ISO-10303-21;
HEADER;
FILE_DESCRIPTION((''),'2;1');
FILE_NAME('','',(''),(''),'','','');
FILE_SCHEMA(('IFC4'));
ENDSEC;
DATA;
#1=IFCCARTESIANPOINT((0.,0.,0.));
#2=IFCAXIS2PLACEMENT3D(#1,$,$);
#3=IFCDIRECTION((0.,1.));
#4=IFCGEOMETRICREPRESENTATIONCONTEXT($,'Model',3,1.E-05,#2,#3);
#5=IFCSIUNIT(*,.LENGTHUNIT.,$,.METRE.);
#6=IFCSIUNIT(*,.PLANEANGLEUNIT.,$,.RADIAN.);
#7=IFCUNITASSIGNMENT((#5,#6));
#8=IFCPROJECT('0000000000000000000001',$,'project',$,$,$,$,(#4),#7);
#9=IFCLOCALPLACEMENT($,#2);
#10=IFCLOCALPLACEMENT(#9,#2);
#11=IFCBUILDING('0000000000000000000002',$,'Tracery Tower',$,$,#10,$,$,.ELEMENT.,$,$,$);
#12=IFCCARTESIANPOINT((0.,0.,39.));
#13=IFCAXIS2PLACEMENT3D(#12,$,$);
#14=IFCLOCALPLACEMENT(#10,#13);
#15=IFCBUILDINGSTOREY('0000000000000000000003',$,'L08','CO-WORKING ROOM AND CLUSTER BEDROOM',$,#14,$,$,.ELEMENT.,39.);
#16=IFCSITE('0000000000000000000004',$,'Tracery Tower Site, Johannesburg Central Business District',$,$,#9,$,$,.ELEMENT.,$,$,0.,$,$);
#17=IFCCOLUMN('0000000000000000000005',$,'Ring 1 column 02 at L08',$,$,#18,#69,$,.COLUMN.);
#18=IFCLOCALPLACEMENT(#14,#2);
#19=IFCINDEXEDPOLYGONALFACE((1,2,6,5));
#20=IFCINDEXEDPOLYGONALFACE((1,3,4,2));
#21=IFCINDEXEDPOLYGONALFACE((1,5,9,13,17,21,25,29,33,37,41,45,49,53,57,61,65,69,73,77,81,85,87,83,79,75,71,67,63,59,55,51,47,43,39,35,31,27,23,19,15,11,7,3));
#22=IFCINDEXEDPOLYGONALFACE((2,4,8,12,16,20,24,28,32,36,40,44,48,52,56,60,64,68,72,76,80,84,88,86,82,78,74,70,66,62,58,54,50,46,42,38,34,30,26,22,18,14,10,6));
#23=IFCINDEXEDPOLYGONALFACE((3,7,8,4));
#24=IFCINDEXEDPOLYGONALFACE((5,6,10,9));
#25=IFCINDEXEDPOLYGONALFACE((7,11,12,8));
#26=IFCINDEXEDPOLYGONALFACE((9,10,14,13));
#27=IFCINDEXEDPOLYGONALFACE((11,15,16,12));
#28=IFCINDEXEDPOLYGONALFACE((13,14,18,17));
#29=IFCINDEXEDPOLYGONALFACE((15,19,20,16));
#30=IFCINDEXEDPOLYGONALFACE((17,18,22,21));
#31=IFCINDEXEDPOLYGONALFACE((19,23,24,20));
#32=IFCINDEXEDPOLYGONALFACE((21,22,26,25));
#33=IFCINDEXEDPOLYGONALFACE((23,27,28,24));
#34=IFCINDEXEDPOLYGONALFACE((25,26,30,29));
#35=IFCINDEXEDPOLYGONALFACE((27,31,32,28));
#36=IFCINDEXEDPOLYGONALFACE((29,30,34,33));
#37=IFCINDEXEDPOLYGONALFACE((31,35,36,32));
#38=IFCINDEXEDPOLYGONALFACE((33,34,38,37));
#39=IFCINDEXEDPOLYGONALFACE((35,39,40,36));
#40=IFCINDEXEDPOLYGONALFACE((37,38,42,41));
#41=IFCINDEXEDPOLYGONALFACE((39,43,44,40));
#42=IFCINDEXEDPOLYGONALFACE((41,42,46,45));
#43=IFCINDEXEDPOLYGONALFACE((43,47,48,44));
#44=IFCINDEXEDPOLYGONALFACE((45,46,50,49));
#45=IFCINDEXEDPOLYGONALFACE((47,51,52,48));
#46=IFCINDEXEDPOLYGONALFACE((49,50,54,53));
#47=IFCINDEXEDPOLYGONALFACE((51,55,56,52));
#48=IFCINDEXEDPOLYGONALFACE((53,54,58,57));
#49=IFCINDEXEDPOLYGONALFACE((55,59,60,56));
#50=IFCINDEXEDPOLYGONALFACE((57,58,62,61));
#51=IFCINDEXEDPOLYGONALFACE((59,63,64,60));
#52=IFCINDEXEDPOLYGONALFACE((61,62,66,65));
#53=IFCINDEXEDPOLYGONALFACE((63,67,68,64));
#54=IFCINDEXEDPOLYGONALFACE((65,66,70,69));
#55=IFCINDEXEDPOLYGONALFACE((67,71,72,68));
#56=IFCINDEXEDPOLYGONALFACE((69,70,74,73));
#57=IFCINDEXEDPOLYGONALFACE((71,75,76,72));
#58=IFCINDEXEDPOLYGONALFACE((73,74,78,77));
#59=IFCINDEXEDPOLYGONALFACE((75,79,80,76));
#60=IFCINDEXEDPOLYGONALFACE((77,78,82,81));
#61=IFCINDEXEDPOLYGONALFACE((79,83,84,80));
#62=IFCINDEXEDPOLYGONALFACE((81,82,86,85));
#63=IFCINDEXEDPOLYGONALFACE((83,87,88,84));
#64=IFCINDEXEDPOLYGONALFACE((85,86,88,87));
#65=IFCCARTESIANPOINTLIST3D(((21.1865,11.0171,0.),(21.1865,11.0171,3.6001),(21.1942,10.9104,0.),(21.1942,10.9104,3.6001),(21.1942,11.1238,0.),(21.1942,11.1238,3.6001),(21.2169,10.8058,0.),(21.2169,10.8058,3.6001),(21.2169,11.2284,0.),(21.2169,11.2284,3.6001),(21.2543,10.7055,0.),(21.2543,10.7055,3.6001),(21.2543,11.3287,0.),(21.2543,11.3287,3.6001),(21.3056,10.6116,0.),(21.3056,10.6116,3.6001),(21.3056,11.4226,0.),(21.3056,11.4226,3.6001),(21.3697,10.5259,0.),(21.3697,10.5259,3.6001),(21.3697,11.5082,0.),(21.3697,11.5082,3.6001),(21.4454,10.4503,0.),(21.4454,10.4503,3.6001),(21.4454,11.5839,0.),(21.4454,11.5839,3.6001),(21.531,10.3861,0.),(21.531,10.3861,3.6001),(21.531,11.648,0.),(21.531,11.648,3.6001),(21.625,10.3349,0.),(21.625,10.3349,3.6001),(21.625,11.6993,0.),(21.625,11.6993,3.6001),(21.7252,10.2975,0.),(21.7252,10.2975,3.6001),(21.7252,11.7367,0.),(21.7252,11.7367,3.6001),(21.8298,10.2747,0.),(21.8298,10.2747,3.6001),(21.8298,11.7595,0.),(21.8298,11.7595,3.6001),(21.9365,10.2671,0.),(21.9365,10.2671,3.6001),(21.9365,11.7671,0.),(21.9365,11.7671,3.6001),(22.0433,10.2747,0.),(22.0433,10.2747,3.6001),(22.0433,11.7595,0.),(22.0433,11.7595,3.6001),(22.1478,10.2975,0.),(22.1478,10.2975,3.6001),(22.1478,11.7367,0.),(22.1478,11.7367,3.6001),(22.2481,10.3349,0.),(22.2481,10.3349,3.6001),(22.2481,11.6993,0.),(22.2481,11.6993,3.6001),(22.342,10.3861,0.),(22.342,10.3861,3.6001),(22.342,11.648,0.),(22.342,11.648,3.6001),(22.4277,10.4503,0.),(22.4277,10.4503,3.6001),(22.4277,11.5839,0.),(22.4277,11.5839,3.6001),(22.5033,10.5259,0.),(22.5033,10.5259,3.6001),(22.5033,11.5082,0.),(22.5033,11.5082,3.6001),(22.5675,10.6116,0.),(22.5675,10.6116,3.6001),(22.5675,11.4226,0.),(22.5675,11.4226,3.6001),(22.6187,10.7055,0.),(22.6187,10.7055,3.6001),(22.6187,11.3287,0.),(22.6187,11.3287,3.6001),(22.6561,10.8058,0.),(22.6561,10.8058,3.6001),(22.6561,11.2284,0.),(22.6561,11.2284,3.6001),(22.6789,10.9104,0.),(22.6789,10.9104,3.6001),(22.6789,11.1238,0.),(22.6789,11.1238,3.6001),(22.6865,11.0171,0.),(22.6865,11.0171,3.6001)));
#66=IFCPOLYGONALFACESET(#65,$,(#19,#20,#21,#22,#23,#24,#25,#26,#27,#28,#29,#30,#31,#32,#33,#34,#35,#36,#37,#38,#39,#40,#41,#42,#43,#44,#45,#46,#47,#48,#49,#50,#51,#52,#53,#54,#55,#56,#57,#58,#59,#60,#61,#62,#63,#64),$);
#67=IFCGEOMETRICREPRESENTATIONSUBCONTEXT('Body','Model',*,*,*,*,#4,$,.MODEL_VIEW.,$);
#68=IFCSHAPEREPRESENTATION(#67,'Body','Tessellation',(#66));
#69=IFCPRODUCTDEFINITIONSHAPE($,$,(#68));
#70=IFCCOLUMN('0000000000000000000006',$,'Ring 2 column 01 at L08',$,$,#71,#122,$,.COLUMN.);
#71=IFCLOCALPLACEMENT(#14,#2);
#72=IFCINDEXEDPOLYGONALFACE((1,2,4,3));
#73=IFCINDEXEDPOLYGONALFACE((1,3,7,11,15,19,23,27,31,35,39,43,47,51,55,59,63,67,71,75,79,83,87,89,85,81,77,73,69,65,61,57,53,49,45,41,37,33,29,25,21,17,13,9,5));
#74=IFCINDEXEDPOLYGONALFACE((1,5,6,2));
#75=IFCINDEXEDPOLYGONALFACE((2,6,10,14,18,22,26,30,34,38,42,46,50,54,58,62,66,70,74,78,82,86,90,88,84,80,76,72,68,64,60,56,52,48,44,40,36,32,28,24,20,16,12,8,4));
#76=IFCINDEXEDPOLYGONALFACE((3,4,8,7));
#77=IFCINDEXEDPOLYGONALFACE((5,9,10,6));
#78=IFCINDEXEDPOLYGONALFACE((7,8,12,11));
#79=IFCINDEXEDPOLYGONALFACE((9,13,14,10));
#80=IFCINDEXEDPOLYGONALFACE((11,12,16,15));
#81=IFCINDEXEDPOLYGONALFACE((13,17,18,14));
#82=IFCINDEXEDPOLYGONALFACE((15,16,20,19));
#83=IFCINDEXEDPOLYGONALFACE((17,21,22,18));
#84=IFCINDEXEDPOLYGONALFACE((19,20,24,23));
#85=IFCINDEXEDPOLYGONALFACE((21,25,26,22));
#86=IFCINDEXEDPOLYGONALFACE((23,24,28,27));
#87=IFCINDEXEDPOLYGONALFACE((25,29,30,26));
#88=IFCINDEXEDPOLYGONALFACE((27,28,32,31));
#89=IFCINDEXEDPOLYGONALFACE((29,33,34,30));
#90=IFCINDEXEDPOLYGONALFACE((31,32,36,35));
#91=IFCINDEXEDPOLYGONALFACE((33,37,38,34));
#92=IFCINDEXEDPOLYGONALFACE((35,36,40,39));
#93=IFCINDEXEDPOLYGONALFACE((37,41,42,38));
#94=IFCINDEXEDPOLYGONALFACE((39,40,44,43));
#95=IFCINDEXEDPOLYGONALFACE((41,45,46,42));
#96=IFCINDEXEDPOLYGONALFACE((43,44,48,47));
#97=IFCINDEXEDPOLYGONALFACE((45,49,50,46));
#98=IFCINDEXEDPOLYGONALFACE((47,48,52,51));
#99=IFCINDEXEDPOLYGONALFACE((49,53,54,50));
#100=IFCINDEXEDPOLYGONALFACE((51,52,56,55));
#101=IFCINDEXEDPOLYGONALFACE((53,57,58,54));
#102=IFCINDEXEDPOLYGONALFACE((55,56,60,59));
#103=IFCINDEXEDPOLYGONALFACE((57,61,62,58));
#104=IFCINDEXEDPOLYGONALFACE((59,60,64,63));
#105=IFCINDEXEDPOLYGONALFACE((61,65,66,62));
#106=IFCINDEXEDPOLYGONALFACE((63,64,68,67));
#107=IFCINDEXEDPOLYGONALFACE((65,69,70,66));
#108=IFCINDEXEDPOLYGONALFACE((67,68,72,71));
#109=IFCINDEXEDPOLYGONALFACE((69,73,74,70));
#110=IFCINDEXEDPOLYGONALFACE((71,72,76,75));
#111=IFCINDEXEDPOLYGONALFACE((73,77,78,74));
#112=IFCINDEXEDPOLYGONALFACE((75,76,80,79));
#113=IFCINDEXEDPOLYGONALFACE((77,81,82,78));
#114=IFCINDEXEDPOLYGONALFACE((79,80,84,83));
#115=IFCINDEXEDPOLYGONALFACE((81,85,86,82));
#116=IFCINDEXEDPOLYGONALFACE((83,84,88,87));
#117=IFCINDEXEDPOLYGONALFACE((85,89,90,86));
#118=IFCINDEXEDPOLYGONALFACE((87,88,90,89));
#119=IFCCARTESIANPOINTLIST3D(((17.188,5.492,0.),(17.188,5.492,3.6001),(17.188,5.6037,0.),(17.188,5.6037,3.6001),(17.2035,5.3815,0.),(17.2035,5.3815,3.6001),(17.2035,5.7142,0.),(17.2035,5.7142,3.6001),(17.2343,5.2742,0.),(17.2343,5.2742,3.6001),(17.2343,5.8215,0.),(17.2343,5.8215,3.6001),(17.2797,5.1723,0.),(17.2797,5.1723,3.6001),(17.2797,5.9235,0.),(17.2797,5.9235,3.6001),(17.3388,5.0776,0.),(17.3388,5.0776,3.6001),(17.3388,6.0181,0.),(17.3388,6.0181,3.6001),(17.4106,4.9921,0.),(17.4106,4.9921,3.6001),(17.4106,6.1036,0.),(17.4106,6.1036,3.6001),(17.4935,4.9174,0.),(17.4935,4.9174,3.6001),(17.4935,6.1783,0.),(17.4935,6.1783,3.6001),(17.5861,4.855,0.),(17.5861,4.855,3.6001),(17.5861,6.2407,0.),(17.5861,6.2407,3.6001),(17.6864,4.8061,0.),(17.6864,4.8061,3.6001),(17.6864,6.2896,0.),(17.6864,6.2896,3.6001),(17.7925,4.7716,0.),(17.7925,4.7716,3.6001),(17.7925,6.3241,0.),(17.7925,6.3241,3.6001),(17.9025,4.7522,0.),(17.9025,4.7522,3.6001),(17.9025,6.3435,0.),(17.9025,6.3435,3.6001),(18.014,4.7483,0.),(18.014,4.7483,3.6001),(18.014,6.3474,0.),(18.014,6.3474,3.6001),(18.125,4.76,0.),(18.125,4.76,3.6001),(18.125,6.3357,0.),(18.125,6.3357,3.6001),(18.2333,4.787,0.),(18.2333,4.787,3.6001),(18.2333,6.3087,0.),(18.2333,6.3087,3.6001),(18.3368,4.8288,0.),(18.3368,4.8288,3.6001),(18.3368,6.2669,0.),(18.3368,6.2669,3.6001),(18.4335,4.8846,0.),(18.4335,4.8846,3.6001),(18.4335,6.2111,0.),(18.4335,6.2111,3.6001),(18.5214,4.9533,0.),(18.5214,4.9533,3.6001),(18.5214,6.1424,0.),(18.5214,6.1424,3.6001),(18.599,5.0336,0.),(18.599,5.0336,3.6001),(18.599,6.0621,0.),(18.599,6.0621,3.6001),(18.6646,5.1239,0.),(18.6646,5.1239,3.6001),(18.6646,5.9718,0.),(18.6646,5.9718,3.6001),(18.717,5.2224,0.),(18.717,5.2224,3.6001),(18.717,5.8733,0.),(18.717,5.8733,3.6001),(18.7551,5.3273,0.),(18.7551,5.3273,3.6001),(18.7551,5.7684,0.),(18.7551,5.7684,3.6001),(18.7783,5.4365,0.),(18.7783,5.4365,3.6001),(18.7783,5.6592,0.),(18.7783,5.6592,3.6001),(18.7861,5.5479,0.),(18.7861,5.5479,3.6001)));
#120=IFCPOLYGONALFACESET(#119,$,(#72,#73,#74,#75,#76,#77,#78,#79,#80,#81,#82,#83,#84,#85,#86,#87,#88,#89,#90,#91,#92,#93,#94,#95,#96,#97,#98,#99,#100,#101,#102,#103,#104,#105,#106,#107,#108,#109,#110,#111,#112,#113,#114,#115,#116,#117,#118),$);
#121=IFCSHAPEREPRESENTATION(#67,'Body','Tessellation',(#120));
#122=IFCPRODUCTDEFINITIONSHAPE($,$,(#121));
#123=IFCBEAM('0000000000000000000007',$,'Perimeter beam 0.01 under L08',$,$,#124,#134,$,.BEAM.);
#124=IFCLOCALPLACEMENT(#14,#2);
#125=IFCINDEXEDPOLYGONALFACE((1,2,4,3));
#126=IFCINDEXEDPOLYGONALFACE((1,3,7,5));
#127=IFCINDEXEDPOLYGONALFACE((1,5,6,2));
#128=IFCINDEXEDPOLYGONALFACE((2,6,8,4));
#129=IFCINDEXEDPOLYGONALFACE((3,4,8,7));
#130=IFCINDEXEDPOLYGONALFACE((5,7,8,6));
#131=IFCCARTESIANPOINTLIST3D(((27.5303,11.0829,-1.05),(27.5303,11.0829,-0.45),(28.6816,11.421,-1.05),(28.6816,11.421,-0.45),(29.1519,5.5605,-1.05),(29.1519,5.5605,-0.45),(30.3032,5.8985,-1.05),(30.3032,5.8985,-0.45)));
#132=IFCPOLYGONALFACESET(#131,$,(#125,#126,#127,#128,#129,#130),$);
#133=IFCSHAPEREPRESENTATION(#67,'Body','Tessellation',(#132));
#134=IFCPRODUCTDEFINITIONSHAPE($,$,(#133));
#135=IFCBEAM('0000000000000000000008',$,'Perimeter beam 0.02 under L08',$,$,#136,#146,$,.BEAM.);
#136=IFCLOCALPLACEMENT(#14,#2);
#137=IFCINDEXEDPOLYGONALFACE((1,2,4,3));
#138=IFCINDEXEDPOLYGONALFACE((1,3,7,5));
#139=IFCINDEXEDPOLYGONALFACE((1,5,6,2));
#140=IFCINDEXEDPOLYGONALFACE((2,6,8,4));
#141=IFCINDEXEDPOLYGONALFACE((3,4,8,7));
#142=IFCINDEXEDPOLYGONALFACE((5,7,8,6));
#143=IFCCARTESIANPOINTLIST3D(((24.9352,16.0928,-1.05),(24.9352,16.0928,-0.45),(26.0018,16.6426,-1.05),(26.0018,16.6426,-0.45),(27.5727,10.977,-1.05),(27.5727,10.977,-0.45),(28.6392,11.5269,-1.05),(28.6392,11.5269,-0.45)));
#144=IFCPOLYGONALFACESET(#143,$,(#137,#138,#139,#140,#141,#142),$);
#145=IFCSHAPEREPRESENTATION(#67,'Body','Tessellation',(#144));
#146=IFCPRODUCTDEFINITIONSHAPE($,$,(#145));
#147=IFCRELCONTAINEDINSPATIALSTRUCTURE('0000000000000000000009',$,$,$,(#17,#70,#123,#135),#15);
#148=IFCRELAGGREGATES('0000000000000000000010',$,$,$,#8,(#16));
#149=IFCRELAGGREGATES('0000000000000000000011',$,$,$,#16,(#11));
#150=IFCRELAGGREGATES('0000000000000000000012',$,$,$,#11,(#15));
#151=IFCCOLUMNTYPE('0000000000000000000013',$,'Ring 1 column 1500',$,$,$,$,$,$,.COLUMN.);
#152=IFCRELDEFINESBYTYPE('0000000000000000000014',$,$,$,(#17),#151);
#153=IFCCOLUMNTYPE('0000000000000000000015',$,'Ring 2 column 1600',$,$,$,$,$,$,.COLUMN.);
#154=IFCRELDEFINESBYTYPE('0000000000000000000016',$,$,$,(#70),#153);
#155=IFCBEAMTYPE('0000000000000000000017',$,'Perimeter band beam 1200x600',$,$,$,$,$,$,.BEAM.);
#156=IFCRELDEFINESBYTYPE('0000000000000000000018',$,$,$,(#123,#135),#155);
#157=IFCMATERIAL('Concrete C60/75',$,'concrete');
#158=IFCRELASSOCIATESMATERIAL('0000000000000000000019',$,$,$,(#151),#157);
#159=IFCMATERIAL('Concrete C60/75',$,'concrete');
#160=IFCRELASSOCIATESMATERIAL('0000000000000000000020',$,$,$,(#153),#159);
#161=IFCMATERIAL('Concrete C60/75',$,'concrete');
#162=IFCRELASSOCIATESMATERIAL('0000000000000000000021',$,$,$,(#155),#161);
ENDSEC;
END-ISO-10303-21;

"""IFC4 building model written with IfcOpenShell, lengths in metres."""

from ifc_helpers import new_model, si_unit, direction, frame, origin, origin_2d, place, context, subcontext, project, spatial, rectangle, circle, extrude, material, material_profile, profile_set, type_object, element, save


model = new_model("IFC4")

# Units and contexts
model_context = context("Model", 3, precision=1e-05, world=origin(), true_north=direction((0.0, 1.0)))
body_context = subcontext(model_context, "Body", "Model", "MODEL_VIEW")
ifc_project = project(units=[si_unit("LENGTHUNIT", "METRE"), si_unit("PLANEANGLEUNIT", "RADIAN")], contexts=[model_context])

# Site, building, storey
site_placement = place(None, origin())
site = spatial("IfcSite", under=ifc_project, at=site_placement, Name="Tracery Tower Site, Johannesburg Central Business District", CompositionType="ELEMENT", RefElevation=0.0)
building_placement = place(site_placement, origin())
building = spatial("IfcBuilding", under=site, at=building_placement, Name="Tracery Tower", CompositionType="ELEMENT")
storey_placement = place(building_placement, frame((0.0, 0.0, 39.0)))
storey = spatial("IfcBuildingStorey", under=building, at=storey_placement, Name="L08", Description="CO-WORKING ROOM AND CLUSTER BEDROOM", CompositionType="ELEMENT", Elevation=39.0)

# Columns
ifc_material_1 = material(Name="Concrete C60/75", Category="concrete")
ifc_material_profile_1 = material_profile(ifc_material_1, circle(Radius=0.75, at=origin_2d()), Name="RC D1500")
ifc_profile_set_1 = profile_set([ifc_material_profile_1], Name="Concrete C60/75")
column_type_1 = type_object("IfcColumnType", Name="Ring 1 column 1500", PredefinedType="COLUMN", material=ifc_profile_set_1)
for number, where, z_axis, x_axis, name in (
    (1, (21.9365, 11.0171, 0.0), (0.0, 0.0, 1.0), (1.0, 0.0, 0.0), "Ring 1 column 02 at L08"),
):
    element("IfcColumn", number, at=place(storey_placement, frame(where, z_axis=z_axis, x_axis=x_axis)), inside=storey, type_object=column_type_1, Name=name, PredefinedType="COLUMN", context=body_context, shape_type="SweptSolid", body=[
        extrude(circle(Radius=0.75, at=origin_2d()), origin(), (0.0, 0.0, 1.0), 3.6001),
    ])
ifc_material_2 = material(Name="Concrete C60/75", Category="concrete")
ifc_material_profile_2 = material_profile(ifc_material_2, circle(Radius=0.8, at=origin_2d()), Name="RC D1600")
ifc_profile_set_2 = profile_set([ifc_material_profile_2], Name="Concrete C60/75")
column_type_2 = type_object("IfcColumnType", Name="Ring 2 column 1600", PredefinedType="COLUMN", material=ifc_profile_set_2)
column_placement = place(storey_placement, frame((17.9861, 5.5479, 0.0), z_axis=(0.0, 0.0, 1.0), x_axis=(1.0, 0.0, 0.0)))
element("IfcColumn", 2, at=column_placement, inside=storey, type_object=column_type_2, Name="Ring 2 column 01 at L08", PredefinedType="COLUMN", context=body_context, shape_type="SweptSolid", body=[
    extrude(circle(Radius=0.8, at=origin_2d()), origin(), (0.0, 0.0, 1.0), 3.6001),
])

# Beams
ifc_material_3 = material(Name="Concrete C60/75", Category="concrete")
ifc_material_profile_3 = material_profile(ifc_material_3, rectangle(XDim=1.2, YDim=0.6001, at=origin_2d()), Name="RC 1200x600")
ifc_profile_set_3 = profile_set([ifc_material_profile_3], Name="Concrete C60/75")
beam_type = type_object("IfcBeamType", Name="Perimeter band beam 1200x600", PredefinedType="BEAM", material=ifc_profile_set_3)
for number, where, z_axis, x_axis, name in (
    (3, (29.7275, 5.7295, -0.75), (-0.281739, 0.959491, 0.0), (-0.959491, -0.281739, 0.0), "Perimeter beam 0.01 under L08"),
    (4, (28.106, 11.252, -0.75), (-0.458242, 0.888827, 0.0), (-0.888827, -0.458242, 0.0), "Perimeter beam 0.02 under L08"),
):
    element("IfcBeam", number, at=place(storey_placement, frame(where, z_axis=z_axis, x_axis=x_axis)), inside=storey, type_object=beam_type, Name=name, PredefinedType="BEAM", context=body_context, shape_type="SweptSolid", body=[
        extrude(rectangle(XDim=1.2, YDim=0.6001, at=origin_2d()), origin(), (0.0, 0.0, 1.0), 5.7556),
    ])

save(model, "model.ifc")
